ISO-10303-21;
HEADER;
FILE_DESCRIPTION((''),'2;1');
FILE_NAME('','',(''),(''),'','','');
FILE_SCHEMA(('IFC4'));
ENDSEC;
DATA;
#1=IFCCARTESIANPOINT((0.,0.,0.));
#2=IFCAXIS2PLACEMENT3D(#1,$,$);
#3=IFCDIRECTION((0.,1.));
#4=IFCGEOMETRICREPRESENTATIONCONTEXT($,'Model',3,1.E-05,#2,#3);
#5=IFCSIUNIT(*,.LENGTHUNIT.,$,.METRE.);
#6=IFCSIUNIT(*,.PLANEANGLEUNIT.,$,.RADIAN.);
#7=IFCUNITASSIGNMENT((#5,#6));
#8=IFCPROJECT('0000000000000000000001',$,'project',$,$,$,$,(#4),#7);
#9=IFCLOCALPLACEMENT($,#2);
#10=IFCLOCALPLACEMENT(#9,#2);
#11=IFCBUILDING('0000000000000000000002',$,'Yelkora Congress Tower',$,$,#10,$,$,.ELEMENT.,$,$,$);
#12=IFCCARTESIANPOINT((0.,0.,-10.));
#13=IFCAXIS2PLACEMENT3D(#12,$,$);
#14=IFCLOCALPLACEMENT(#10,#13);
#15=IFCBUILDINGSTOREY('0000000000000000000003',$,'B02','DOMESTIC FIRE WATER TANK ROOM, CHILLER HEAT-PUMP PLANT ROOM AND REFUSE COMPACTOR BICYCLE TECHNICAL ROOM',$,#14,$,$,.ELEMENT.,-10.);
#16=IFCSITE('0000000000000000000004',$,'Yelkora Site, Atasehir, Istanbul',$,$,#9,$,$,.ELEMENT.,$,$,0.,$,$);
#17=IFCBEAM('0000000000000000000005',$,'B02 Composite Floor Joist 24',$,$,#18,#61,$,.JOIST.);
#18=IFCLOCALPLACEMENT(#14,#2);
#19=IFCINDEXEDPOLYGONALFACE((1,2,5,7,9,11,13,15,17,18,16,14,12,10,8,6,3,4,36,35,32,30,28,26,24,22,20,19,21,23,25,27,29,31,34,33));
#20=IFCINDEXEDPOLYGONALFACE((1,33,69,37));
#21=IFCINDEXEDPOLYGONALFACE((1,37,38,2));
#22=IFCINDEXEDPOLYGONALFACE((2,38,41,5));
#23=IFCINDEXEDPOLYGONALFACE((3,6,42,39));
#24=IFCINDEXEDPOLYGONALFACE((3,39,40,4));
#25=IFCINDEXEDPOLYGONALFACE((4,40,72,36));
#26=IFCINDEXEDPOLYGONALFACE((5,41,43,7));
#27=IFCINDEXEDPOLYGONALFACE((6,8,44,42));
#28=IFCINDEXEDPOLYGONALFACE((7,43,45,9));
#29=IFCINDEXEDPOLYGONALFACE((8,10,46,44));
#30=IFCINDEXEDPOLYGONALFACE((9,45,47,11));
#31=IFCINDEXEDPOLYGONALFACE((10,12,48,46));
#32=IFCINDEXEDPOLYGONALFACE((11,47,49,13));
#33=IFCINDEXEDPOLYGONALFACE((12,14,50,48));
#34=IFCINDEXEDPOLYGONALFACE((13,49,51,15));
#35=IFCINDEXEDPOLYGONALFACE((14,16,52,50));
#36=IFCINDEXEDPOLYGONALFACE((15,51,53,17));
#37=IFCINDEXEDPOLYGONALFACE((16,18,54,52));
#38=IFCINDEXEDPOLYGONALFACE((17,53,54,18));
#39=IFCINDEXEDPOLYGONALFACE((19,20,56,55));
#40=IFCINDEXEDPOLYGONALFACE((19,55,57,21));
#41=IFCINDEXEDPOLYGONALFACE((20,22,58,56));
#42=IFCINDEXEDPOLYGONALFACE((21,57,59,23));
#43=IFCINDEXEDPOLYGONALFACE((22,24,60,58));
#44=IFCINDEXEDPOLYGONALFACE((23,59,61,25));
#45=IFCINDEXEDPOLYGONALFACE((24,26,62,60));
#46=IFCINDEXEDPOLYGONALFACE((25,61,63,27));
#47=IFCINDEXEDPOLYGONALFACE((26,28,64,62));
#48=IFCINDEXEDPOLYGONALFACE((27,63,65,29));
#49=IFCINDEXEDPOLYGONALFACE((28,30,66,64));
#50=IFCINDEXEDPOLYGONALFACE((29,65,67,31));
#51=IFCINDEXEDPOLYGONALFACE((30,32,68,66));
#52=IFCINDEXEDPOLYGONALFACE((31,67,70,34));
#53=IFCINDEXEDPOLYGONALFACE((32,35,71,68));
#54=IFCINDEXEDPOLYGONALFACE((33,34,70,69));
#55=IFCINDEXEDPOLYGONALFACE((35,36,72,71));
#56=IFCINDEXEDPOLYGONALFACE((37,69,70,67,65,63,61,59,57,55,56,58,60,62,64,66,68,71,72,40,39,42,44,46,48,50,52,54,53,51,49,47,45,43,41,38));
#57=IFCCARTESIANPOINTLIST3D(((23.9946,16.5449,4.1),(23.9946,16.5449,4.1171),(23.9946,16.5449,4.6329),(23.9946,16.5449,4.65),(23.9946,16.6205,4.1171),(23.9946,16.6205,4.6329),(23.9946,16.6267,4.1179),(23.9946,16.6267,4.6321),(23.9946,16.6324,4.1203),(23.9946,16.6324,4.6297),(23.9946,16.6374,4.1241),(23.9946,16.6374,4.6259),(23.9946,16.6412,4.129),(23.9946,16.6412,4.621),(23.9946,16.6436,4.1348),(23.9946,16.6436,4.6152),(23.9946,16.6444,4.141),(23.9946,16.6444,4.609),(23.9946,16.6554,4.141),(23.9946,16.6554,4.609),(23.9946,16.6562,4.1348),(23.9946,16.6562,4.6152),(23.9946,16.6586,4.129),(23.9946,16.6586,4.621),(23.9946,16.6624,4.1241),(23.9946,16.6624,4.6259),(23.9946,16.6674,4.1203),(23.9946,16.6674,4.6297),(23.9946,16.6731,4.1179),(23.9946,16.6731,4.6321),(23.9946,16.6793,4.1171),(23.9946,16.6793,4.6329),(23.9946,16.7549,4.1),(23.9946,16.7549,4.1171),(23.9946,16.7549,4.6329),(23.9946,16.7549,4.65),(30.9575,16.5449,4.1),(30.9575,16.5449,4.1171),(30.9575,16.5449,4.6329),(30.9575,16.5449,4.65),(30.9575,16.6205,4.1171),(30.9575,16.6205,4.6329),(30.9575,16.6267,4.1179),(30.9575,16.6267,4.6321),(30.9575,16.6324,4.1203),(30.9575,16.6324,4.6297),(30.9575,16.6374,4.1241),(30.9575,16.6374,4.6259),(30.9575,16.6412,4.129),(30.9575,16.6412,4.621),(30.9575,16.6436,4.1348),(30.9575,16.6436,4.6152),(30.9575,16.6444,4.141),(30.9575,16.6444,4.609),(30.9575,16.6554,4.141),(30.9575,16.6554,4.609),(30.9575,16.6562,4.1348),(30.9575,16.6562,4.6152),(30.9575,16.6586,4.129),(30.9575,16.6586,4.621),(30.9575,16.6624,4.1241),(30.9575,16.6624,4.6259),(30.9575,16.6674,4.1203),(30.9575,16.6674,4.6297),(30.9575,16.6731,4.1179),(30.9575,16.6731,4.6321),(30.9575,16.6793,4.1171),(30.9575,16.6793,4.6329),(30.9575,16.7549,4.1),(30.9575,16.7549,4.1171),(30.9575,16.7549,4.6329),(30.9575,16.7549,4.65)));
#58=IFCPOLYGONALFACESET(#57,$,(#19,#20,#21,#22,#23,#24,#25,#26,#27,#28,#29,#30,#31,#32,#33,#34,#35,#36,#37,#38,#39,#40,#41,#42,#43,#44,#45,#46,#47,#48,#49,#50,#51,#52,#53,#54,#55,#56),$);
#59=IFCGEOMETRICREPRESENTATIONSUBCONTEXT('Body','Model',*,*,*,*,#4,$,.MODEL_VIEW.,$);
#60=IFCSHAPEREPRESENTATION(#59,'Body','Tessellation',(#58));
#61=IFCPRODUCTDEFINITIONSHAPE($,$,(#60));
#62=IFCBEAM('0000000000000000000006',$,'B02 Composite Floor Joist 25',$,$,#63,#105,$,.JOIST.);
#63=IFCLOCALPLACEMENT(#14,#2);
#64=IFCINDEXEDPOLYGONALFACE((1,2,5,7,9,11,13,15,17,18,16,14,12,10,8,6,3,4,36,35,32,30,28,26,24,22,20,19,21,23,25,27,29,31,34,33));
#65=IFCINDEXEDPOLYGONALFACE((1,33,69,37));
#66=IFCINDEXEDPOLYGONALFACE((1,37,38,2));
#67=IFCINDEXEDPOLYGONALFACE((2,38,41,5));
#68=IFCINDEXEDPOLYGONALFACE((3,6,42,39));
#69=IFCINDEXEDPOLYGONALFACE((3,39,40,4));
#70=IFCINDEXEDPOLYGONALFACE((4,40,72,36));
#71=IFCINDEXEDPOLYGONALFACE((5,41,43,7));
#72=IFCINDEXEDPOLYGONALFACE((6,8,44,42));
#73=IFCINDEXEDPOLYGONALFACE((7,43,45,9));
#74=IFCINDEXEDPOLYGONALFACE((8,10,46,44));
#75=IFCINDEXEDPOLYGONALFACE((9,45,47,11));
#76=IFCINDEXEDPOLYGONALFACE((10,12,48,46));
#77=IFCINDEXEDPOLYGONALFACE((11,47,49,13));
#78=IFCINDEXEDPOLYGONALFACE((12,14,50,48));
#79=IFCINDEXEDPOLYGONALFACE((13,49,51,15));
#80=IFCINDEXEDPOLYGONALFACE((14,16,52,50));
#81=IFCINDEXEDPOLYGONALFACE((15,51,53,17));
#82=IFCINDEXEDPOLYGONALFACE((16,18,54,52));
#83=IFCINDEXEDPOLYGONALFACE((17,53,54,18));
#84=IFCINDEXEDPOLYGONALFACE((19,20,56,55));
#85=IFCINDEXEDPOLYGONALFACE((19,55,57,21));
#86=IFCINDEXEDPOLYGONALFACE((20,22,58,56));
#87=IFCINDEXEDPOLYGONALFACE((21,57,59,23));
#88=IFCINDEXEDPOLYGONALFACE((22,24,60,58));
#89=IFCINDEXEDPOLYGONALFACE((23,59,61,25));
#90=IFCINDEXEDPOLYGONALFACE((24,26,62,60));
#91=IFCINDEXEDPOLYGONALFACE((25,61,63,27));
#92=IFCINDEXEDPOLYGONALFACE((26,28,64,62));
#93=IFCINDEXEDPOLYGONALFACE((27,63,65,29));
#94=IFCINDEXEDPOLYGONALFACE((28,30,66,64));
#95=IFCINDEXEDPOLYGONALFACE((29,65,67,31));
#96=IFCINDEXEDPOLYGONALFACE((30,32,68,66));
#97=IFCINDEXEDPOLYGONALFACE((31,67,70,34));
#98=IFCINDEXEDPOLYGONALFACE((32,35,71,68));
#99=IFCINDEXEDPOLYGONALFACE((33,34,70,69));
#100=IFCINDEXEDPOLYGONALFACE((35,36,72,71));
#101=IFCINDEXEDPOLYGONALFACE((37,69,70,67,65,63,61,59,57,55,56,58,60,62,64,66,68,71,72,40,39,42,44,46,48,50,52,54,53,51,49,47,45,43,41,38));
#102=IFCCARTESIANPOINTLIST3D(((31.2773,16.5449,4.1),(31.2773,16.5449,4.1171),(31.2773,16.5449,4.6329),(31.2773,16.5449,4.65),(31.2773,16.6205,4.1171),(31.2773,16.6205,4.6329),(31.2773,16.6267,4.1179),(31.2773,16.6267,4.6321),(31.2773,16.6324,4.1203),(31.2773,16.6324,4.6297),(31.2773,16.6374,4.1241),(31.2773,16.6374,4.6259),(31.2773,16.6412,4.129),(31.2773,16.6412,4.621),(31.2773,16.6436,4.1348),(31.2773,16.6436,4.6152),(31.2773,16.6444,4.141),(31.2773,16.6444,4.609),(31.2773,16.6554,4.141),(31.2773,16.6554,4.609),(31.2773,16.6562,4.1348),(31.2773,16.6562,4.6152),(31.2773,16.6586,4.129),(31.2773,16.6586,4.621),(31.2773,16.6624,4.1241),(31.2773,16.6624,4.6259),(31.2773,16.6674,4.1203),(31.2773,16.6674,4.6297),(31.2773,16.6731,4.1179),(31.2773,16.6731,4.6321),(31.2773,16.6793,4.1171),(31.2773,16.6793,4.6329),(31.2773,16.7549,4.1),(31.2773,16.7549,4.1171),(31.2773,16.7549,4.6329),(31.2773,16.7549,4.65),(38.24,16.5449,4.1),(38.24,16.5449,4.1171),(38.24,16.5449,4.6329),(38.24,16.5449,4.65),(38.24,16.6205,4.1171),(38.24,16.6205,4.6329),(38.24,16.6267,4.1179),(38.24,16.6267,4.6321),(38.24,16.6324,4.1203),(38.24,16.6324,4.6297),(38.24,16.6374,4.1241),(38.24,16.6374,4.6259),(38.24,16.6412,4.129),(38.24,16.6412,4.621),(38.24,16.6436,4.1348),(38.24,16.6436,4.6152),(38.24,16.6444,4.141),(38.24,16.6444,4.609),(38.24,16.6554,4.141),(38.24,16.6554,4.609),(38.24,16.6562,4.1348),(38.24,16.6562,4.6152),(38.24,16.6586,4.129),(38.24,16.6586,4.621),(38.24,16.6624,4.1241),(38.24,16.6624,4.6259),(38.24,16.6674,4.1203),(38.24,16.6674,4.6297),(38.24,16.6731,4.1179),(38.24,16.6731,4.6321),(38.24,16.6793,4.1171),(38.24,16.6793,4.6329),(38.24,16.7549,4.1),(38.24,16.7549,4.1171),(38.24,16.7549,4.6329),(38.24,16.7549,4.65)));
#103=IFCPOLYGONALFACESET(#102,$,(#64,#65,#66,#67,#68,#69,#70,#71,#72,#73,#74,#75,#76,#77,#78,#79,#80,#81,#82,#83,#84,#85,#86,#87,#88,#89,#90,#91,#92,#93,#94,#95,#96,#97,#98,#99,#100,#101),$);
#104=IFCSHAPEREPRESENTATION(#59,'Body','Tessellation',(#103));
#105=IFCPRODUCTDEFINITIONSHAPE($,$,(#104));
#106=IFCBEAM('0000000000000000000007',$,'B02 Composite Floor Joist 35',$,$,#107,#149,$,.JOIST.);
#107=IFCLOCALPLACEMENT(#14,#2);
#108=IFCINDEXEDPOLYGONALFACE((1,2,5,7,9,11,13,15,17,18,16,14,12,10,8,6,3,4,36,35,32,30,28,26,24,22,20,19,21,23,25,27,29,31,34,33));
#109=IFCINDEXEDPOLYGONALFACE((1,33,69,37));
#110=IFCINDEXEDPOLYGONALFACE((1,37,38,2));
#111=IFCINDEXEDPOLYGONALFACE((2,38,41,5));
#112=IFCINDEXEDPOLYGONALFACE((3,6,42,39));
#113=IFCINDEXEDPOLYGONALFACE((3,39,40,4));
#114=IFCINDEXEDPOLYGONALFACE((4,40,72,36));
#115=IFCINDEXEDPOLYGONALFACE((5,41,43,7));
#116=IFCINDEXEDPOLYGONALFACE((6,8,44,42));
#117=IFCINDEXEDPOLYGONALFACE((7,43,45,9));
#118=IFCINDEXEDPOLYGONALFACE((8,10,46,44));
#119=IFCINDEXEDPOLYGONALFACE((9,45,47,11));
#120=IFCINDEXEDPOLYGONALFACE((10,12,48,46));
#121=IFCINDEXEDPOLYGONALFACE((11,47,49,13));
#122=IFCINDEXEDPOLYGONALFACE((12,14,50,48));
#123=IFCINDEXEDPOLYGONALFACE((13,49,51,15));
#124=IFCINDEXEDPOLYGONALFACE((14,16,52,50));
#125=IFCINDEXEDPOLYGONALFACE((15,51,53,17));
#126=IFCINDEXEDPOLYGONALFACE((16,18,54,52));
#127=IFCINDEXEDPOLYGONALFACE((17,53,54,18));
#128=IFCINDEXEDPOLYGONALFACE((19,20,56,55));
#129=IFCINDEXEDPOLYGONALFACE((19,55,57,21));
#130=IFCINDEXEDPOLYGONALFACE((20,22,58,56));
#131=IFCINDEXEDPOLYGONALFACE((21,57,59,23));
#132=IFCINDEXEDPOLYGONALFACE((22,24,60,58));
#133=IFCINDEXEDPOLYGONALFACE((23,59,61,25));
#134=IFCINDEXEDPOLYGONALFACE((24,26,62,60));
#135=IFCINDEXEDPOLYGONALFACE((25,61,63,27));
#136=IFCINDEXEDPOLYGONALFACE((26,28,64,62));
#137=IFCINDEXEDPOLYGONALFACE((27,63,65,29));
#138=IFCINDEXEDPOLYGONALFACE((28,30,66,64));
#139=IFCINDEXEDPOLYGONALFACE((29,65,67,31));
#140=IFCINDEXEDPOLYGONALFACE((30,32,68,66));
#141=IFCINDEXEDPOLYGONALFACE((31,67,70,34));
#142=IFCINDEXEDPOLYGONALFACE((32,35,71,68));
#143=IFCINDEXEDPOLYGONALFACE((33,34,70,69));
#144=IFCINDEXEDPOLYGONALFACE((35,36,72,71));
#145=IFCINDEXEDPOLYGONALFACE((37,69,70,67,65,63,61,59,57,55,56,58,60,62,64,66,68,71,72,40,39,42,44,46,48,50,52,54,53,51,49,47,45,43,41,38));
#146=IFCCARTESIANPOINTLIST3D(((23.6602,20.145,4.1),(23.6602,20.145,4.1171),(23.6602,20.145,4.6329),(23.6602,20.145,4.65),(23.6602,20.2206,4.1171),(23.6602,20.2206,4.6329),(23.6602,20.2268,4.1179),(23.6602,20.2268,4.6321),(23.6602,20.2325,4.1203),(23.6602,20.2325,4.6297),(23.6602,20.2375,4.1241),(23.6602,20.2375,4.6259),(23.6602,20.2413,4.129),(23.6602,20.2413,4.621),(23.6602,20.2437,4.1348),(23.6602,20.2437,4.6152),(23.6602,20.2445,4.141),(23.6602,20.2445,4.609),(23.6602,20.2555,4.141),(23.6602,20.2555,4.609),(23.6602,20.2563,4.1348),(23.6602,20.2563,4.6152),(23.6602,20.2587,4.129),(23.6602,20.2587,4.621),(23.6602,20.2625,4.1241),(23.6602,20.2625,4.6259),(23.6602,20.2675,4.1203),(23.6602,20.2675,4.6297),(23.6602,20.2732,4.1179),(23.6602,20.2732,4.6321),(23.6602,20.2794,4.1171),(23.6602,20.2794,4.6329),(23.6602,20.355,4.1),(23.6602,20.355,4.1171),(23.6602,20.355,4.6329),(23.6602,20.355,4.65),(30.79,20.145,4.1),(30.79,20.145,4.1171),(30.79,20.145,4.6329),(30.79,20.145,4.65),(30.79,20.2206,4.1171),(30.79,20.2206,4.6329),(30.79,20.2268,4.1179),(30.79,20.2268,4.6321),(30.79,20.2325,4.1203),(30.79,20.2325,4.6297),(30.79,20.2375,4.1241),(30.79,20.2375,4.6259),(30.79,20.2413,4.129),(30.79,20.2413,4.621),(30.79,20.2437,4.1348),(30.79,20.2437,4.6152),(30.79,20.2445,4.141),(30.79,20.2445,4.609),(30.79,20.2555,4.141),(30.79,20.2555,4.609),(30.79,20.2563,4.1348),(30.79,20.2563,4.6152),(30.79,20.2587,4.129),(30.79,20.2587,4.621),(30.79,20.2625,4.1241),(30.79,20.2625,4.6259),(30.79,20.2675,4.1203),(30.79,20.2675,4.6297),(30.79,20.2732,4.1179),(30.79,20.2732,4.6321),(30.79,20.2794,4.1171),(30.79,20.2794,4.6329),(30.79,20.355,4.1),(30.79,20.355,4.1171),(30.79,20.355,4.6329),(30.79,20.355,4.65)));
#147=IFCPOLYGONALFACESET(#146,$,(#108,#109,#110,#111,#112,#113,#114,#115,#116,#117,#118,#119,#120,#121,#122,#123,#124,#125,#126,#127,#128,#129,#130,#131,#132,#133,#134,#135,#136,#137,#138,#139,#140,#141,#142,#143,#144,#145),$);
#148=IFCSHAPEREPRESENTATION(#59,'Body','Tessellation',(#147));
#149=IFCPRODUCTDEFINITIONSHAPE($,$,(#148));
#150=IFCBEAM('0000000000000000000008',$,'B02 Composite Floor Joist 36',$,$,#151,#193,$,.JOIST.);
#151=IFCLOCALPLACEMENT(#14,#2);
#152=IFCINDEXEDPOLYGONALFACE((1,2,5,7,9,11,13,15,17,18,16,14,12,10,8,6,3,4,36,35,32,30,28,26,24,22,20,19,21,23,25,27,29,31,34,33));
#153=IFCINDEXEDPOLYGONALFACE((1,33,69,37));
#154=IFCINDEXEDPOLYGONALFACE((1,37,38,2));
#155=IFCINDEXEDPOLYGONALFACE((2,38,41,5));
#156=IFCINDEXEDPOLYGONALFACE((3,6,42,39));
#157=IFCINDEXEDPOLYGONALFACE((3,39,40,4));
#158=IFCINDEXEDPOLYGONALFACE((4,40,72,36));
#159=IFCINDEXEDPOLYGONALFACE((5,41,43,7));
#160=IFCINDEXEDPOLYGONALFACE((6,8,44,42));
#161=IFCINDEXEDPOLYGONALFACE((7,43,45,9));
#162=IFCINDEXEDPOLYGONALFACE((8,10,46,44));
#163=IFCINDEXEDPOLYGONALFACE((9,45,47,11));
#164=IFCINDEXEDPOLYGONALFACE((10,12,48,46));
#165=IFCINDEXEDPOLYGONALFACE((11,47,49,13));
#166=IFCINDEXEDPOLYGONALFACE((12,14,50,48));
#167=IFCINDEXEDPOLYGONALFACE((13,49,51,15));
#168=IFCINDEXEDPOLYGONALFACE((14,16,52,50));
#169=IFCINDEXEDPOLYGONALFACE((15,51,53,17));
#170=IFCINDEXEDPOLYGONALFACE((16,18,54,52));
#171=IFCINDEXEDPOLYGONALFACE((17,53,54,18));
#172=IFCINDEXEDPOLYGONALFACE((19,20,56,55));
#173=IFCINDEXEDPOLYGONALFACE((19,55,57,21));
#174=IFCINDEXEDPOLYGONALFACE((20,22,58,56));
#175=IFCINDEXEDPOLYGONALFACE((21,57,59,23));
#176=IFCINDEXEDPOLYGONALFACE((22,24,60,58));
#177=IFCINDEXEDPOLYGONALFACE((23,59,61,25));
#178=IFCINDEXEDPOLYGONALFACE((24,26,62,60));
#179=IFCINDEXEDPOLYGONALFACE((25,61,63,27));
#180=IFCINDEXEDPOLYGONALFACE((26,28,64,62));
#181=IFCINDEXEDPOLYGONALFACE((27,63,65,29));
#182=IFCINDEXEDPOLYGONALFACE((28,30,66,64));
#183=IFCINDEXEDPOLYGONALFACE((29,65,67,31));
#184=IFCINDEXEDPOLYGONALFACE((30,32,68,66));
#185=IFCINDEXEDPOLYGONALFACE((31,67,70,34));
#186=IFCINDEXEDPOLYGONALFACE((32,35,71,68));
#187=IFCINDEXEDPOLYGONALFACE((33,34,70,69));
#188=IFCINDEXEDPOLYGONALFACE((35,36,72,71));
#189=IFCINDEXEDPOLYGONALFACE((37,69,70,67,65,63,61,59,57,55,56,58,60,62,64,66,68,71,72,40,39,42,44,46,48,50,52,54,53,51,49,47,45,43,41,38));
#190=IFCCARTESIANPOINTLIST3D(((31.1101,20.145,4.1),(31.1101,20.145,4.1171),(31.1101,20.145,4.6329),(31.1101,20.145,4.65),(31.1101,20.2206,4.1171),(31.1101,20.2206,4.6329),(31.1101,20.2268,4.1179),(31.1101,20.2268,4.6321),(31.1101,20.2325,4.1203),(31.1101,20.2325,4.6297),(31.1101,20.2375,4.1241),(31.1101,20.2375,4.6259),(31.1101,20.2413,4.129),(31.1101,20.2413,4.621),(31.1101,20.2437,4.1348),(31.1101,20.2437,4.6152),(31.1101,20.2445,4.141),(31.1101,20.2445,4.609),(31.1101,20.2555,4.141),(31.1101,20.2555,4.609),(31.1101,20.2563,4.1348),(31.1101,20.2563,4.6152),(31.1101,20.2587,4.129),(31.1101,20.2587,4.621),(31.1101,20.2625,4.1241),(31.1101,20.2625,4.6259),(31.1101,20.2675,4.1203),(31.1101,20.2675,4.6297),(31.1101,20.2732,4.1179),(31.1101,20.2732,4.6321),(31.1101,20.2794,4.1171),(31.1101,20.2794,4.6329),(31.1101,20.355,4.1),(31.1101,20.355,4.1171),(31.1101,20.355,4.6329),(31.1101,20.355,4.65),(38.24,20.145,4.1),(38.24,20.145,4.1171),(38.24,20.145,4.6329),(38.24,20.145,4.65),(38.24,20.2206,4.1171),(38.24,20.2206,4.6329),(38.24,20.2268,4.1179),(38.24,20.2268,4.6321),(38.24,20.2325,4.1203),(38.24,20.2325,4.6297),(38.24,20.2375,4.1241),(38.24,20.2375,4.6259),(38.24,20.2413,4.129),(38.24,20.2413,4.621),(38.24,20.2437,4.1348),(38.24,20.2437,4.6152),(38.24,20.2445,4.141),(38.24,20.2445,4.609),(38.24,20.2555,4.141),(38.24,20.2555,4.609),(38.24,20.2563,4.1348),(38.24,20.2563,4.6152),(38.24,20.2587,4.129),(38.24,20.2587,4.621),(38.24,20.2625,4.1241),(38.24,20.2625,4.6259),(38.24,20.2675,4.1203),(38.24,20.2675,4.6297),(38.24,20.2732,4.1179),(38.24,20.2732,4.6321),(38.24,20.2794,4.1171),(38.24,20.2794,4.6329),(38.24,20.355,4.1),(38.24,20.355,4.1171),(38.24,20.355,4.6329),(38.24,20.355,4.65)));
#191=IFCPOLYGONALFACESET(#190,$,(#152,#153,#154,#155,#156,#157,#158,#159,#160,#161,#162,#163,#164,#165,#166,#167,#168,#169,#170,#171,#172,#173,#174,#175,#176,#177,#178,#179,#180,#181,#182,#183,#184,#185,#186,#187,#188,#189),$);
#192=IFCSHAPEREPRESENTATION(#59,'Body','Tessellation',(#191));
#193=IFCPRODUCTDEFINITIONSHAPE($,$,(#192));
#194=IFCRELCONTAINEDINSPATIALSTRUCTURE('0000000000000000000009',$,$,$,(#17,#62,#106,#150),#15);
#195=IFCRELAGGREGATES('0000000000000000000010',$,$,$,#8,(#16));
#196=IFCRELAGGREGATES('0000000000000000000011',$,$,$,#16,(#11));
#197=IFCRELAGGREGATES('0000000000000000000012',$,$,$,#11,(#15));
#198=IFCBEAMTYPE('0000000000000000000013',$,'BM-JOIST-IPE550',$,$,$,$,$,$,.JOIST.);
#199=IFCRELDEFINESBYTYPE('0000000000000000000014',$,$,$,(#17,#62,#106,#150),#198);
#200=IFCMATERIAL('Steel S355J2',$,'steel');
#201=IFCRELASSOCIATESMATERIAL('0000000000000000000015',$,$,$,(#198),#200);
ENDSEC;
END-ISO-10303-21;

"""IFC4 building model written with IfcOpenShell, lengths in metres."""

from ifc_helpers import new_model, si_unit, direction, frame, origin, origin_2d, place, context, subcontext, project, spatial, i_section, extrude, material, material_profile, profile_set, type_object, element, save


model = new_model("IFC4")

# Units and contexts
model_context = context("Model", 3, precision=1e-05, world=origin(), true_north=direction((0.0, 1.0)))
body_context = subcontext(model_context, "Body", "Model", "MODEL_VIEW")
ifc_project = project(units=[si_unit("LENGTHUNIT", "METRE"), si_unit("PLANEANGLEUNIT", "RADIAN")], contexts=[model_context])

# Site, building, storey
site_placement = place(None, origin())
site = spatial("IfcSite", under=ifc_project, at=site_placement, Name="Yelkora Site, Atasehir, Istanbul", CompositionType="ELEMENT", RefElevation=0.0)
building_placement = place(site_placement, origin())
building = spatial("IfcBuilding", under=site, at=building_placement, Name="Yelkora Congress Tower", CompositionType="ELEMENT")
storey_placement = place(building_placement, frame((0.0, 0.0, -10.0)))
storey = spatial("IfcBuildingStorey", under=building, at=storey_placement, Name="B02", Description="DOMESTIC FIRE WATER TANK ROOM, CHILLER HEAT-PUMP PLANT ROOM AND REFUSE COMPACTOR BICYCLE TECHNICAL ROOM", CompositionType="ELEMENT", Elevation=-10.0)

# Beams
ifc_material_1 = material(Name="Steel S355J2", Category="steel")
ifc_material_profile_1 = material_profile(ifc_material_1, i_section(OverallWidth=0.21, OverallDepth=0.55, WebThickness=0.011, FlangeThickness=0.0171, FilletRadius=0.0239, at=origin_2d()), Name="IPE 550")
ifc_profile_set_1 = profile_set([ifc_material_profile_1], Name="Steel S355J2")
beam_type_1 = type_object("IfcBeamType", Name="BM-JOIST-IPE550", PredefinedType="JOIST", material=ifc_profile_set_1)
beam_1_placement = place(storey_placement, frame((23.9946, 16.6499, 4.375), z_axis=(1.0, 0.0, 0.0), x_axis=(0.0, 1.0, 0.0)))
element("IfcBeam", 1, at=beam_1_placement, inside=storey, type_object=beam_type_1, Name="B02 Composite Floor Joist 24", PredefinedType="JOIST", context=body_context, shape_type="SweptSolid", body=[
    extrude(i_section(OverallWidth=0.21, OverallDepth=0.55, WebThickness=0.011, FlangeThickness=0.0171, FilletRadius=0.0239, at=origin_2d()), origin(), (0.0, 0.0, 1.0), 6.9629),
])
beam_2_placement = place(storey_placement, frame((31.2773, 16.6499, 4.375), z_axis=(1.0, 0.0, 0.0), x_axis=(0.0, 1.0, 0.0)))
element("IfcBeam", 2, at=beam_2_placement, inside=storey, type_object=beam_type_1, Name="B02 Composite Floor Joist 25", PredefinedType="JOIST", context=body_context, shape_type="SweptSolid", body=[
    extrude(i_section(OverallWidth=0.21, OverallDepth=0.55, WebThickness=0.011, FlangeThickness=0.0171, FilletRadius=0.0239, at=origin_2d()), origin(), (0.0, 0.0, 1.0), 6.9626),
])
for number, where, z_axis, x_axis, name in (
    (3, (23.6602, 20.25, 4.375), (1.0, 0.0, 0.0), (0.0, 1.0, 0.0), "B02 Composite Floor Joist 35"),
    (4, (31.1101, 20.25, 4.375), (1.0, 0.0, 0.0), (0.0, 1.0, 0.0), "B02 Composite Floor Joist 36"),
):
    element("IfcBeam", number, at=place(storey_placement, frame(where, z_axis=z_axis, x_axis=x_axis)), inside=storey, type_object=beam_type_1, Name=name, PredefinedType="JOIST", context=body_context, shape_type="SweptSolid", body=[
        extrude(i_section(OverallWidth=0.21, OverallDepth=0.55, WebThickness=0.011, FlangeThickness=0.0171, FilletRadius=0.0239, at=origin_2d()), origin(), (0.0, 0.0, 1.0), 7.1299),
    ])

save(model, "model.ifc")
